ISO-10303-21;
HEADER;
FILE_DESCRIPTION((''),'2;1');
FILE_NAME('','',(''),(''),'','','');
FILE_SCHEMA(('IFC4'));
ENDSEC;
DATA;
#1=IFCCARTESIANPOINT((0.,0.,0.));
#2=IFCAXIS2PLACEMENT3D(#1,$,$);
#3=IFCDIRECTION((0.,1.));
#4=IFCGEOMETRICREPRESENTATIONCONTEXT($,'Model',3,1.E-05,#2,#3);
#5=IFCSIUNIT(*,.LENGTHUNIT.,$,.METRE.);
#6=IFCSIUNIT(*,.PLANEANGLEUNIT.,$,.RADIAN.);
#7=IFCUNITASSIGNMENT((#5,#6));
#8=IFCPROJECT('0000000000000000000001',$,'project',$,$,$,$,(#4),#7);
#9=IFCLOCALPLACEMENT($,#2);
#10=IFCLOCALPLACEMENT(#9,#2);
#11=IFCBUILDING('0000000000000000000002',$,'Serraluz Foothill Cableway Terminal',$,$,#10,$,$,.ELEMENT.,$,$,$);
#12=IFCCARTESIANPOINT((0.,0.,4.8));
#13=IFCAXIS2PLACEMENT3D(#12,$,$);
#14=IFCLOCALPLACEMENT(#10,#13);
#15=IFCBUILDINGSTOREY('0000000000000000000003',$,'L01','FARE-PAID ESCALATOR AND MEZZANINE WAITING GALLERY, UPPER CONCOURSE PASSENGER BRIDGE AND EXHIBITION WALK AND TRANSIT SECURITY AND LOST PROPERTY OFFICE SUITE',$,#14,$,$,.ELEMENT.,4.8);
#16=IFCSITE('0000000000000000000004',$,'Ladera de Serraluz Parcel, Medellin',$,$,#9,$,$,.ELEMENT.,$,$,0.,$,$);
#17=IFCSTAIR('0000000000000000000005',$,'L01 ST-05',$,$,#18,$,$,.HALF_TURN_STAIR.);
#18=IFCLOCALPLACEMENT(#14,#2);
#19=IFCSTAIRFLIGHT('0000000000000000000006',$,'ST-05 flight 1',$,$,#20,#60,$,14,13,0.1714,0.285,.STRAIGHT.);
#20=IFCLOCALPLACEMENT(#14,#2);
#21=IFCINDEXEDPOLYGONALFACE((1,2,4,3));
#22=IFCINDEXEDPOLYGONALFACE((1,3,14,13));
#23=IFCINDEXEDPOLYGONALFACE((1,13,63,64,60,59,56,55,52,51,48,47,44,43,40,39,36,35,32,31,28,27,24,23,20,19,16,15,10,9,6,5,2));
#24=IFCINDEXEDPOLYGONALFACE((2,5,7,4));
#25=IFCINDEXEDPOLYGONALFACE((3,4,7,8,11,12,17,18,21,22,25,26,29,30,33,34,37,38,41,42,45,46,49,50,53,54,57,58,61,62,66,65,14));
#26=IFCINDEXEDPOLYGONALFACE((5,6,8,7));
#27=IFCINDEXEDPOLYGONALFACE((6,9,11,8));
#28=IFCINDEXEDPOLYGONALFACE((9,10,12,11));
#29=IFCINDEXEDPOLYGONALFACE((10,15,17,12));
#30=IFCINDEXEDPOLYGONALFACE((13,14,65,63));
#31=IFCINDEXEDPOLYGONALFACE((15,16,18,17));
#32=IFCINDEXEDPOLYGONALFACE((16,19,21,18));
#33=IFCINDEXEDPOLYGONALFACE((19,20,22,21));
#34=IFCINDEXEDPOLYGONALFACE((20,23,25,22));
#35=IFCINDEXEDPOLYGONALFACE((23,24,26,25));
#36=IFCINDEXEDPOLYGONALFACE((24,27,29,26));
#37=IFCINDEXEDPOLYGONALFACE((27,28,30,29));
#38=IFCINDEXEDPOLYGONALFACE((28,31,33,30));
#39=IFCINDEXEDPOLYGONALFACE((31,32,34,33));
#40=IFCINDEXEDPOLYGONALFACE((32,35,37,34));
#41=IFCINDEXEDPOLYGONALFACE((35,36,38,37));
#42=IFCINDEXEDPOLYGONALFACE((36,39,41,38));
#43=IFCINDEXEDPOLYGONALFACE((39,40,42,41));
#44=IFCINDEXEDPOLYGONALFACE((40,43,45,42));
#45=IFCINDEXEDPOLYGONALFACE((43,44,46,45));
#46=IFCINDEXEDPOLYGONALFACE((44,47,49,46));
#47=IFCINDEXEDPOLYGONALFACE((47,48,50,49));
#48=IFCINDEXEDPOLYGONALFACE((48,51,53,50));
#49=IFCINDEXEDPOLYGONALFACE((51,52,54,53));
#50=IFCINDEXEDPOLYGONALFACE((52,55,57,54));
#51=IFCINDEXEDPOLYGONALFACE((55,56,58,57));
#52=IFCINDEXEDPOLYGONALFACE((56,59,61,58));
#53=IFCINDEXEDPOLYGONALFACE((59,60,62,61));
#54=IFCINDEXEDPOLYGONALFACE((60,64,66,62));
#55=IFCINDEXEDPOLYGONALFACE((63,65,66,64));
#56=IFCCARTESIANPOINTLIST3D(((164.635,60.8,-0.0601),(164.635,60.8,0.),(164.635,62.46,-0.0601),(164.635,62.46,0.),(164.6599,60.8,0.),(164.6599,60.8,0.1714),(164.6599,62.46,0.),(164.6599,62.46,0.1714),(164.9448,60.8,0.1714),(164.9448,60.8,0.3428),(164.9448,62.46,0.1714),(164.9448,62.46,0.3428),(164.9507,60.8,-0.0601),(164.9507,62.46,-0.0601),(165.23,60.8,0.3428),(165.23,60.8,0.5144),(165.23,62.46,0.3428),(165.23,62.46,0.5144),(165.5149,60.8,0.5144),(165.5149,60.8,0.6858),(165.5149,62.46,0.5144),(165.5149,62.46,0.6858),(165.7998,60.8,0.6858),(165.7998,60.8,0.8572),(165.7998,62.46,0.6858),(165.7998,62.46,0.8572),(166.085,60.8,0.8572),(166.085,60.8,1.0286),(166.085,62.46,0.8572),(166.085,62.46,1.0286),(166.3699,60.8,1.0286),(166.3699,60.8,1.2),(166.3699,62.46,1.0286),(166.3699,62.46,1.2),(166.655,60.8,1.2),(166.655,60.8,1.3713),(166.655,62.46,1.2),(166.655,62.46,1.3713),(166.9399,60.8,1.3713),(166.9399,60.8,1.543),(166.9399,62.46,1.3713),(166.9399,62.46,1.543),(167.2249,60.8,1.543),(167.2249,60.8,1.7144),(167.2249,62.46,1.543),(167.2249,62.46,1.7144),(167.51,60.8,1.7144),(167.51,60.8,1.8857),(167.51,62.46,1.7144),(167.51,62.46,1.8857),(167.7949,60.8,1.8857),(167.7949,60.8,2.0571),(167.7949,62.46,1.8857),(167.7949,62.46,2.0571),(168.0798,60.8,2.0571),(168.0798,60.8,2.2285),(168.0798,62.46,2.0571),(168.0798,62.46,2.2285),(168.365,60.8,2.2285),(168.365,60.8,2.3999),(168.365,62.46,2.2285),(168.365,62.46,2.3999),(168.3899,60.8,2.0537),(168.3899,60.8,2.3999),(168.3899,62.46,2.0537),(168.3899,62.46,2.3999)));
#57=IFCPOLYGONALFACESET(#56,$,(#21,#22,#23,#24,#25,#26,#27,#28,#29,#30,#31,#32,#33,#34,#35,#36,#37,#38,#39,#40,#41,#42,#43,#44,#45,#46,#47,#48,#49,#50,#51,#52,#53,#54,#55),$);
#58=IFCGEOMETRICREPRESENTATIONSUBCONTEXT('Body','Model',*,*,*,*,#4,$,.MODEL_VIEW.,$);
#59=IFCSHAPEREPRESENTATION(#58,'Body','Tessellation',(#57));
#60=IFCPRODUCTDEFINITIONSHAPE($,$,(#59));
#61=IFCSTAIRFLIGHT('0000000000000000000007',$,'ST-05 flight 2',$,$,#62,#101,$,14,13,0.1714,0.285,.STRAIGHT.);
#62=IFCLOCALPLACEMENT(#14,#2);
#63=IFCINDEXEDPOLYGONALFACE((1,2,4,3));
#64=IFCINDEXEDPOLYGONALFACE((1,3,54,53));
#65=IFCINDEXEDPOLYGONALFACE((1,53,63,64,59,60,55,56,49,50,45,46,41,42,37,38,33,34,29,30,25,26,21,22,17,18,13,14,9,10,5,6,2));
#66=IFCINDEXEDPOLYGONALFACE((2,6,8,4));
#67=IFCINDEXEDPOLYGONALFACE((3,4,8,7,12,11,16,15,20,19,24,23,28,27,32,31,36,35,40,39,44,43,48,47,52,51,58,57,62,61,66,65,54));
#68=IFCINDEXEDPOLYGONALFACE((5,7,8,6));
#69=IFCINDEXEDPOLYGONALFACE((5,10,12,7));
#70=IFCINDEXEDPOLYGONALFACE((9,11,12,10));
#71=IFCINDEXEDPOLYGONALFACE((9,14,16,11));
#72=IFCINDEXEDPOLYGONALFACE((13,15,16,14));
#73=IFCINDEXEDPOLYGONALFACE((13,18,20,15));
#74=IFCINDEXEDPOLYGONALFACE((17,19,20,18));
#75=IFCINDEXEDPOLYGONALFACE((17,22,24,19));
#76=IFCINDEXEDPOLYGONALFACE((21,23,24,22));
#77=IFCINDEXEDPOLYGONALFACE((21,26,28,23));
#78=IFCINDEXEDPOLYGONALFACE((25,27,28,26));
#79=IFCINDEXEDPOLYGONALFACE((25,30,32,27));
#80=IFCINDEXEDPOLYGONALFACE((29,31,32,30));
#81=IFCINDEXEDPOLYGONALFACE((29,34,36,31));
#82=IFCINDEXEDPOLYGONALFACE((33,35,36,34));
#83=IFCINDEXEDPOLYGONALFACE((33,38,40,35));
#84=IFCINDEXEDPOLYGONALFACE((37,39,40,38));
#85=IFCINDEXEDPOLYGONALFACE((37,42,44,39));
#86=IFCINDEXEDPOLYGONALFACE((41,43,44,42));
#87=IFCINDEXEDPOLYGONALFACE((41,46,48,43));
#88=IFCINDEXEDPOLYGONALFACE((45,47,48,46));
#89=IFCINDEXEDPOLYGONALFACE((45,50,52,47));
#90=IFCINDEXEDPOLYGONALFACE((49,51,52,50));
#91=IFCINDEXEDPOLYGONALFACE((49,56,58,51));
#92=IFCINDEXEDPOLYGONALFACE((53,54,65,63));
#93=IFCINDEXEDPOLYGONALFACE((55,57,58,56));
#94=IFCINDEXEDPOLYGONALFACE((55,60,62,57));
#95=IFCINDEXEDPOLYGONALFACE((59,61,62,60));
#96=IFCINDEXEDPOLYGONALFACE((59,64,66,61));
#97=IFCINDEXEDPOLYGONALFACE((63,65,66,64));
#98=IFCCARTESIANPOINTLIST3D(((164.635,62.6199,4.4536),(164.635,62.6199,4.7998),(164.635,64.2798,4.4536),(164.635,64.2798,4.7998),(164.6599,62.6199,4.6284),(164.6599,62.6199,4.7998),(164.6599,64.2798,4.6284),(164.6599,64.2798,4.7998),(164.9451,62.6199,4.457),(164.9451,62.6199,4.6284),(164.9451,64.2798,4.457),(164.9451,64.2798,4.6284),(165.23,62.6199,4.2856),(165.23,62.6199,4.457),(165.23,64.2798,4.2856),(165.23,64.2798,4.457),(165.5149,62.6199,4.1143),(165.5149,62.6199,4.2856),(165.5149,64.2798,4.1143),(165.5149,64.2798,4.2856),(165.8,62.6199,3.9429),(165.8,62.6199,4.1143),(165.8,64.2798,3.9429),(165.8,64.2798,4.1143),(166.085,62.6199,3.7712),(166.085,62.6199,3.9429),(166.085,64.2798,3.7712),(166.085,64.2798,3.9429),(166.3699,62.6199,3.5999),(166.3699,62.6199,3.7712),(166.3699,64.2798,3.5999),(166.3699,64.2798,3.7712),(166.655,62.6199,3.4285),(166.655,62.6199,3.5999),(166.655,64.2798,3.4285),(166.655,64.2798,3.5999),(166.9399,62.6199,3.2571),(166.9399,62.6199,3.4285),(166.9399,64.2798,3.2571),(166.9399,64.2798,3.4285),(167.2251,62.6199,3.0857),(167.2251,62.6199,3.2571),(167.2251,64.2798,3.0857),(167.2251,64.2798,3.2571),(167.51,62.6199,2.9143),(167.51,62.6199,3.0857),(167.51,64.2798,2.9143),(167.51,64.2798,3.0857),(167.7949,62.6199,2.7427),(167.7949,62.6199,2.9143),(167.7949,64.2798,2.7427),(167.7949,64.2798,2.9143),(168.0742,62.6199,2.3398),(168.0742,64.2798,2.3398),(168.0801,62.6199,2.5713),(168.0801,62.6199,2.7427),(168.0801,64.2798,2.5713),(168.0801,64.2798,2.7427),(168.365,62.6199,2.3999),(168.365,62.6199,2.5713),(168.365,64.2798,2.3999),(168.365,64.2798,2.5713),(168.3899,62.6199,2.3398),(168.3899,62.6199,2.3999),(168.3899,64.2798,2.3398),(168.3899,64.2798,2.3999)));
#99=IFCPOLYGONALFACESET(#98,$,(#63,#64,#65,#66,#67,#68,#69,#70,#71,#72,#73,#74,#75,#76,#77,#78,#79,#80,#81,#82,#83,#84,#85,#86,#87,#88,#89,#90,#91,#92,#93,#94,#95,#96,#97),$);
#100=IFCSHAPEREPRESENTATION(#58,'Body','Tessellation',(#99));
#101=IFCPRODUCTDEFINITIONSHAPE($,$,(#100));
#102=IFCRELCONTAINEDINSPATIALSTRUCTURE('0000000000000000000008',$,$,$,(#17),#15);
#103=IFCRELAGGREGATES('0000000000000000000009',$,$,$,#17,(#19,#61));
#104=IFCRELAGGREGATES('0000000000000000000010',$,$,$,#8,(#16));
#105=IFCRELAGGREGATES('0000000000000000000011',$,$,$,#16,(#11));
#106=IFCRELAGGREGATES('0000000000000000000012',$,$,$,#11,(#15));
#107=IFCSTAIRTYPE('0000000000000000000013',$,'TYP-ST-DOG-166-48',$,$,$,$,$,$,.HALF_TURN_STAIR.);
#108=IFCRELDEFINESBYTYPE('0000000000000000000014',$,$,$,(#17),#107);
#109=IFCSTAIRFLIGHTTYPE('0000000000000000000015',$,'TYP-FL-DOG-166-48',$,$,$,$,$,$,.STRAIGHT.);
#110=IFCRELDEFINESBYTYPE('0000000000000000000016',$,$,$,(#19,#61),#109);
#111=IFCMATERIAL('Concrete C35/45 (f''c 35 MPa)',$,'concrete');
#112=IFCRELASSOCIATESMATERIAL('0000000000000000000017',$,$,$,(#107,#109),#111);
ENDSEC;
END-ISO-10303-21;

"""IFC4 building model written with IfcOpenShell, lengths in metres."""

from ifc_helpers import new_model, si_unit, direction, frame, origin, place, context, subcontext, project, spatial, polyline, outline, extrude, material, type_object, element, aggregate, save


model = new_model("IFC4")

# Units and contexts
model_context = context("Model", 3, precision=1e-05, world=origin(), true_north=direction((0.0, 1.0)))
body_context = subcontext(model_context, "Body", "Model", "MODEL_VIEW")
ifc_project = project(units=[si_unit("LENGTHUNIT", "METRE"), si_unit("PLANEANGLEUNIT", "RADIAN")], contexts=[model_context])

# Site, building, storey
site_placement = place(None, origin())
site = spatial("IfcSite", under=ifc_project, at=site_placement, Name="Ladera de Serraluz Parcel, Medellin", CompositionType="ELEMENT", RefElevation=0.0)
building_placement = place(site_placement, origin())
building = spatial("IfcBuilding", under=site, at=building_placement, Name="Serraluz Foothill Cableway Terminal", CompositionType="ELEMENT")
storey_placement = place(building_placement, frame((0.0, 0.0, 4.8)))
storey = spatial("IfcBuildingStorey", under=building, at=storey_placement, Name="L01", Description="FARE-PAID ESCALATOR AND MEZZANINE WAITING GALLERY, UPPER CONCOURSE PASSENGER BRIDGE AND EXHIBITION WALK AND TRANSIT SECURITY AND LOST PROPERTY OFFICE SUITE", CompositionType="ELEMENT", Elevation=4.8)

# Shared definitions
ifc_material_1 = material(Name="Concrete C35/45 (f'c 35 MPa)", Category="concrete")

# Stair, stair flights
stair_type = type_object("IfcStairType", Name="TYP-ST-DOG-166-48", PredefinedType="HALF_TURN_STAIR", material=ifc_material_1)
stair_placement = place(storey_placement, origin())
stair = element("IfcStair", 1, at=stair_placement, inside=storey, type_object=stair_type, Name="L01 ST-05", PredefinedType="HALF_TURN_STAIR")
stair_flight_type = type_object("IfcStairFlightType", Name="TYP-FL-DOG-166-48", PredefinedType="STRAIGHT", material=ifc_material_1)
stair_flight_1_placement = place(storey_placement, frame((164.6599, 61.6299, 0.0), z_axis=(0.0, 0.0, 1.0), x_axis=(1.0, 0.0, 0.0)))
stair_flight_1 = element("IfcStairFlight", 2, at=stair_flight_1_placement, type_object=stair_flight_type, Name="ST-05 flight 1", NumberOfRisers=14, NumberOfTreads=13, PredefinedType="STRAIGHT", RiserHeight=0.1714, TreadLength=0.285, context=body_context, shape_type="SweptSolid", body=[
    extrude(outline(polyline([(-0.0249, -0.0601), (-0.0249, 0.0), (0.0, 0.0), (0.0, 0.1714), (0.2849, 0.1714), (0.2849, 0.3428), (0.5701, 0.3428), (0.5701, 0.5144), (0.855, 0.5144), (0.855, 0.6858), (1.1399, 0.6858), (1.1399, 0.8572), (1.425, 0.8572), (1.425, 1.0286), (1.71, 1.0286), (1.71, 1.2), (1.9951, 1.2), (1.9951, 1.3713), (2.28, 1.3713), (2.28, 1.543), (2.5649, 1.543), (2.5649, 1.7144), (2.8501, 1.7144), (2.8501, 1.8857), (3.135, 1.8857), (3.135, 2.0571), (3.4199, 2.0571), (3.4199, 2.2285), (3.7051, 2.2285), (3.7051, 2.3999), (3.73, 2.3999), (3.73, 2.0537), (0.2908, -0.0601), (-0.0249, -0.0601)])), frame((0.0, 0.8301, 0.0), z_axis=(0.0, -1.0, 0.0), x_axis=(1.0, 0.0, 0.0)), (0.0, 0.0, 1.0), 1.6599),
])
stair_flight_2_placement = place(storey_placement, frame((168.365, 63.45, 2.3999), z_axis=(0.0, 0.0, 1.0), x_axis=(-1.0, 0.0, 0.0)))
stair_flight_2 = element("IfcStairFlight", 3, at=stair_flight_2_placement, type_object=stair_flight_type, Name="ST-05 flight 2", NumberOfRisers=14, NumberOfTreads=13, PredefinedType="STRAIGHT", RiserHeight=0.1714, TreadLength=0.285, context=body_context, shape_type="SweptSolid", body=[
    extrude(outline(polyline([(-0.0249, -0.0601), (-0.0249, 0.0), (0.0, 0.0), (0.0, 0.1714), (0.2849, 0.1714), (0.2849, 0.3428), (0.5701, 0.3428), (0.5701, 0.5144), (0.855, 0.5144), (0.855, 0.6858), (1.1399, 0.6858), (1.1399, 0.8572), (1.425, 0.8572), (1.425, 1.0286), (1.71, 1.0286), (1.71, 1.2), (1.9951, 1.2), (1.9951, 1.3713), (2.28, 1.3713), (2.28, 1.543), (2.5649, 1.543), (2.5649, 1.7144), (2.8501, 1.7144), (2.8501, 1.8857), (3.135, 1.8857), (3.135, 2.0571), (3.4199, 2.0571), (3.4199, 2.2285), (3.7051, 2.2285), (3.7051, 2.3999), (3.73, 2.3999), (3.73, 2.0537), (0.2908, -0.0601), (-0.0249, -0.0601)])), frame((0.0, 0.8301, 0.0), z_axis=(0.0, -1.0, 0.0), x_axis=(1.0, 0.0, 0.0)), (0.0, 0.0, 1.0), 1.6599),
])
aggregate(stair, [stair_flight_1, stair_flight_2])

save(model, "model.ifc")
